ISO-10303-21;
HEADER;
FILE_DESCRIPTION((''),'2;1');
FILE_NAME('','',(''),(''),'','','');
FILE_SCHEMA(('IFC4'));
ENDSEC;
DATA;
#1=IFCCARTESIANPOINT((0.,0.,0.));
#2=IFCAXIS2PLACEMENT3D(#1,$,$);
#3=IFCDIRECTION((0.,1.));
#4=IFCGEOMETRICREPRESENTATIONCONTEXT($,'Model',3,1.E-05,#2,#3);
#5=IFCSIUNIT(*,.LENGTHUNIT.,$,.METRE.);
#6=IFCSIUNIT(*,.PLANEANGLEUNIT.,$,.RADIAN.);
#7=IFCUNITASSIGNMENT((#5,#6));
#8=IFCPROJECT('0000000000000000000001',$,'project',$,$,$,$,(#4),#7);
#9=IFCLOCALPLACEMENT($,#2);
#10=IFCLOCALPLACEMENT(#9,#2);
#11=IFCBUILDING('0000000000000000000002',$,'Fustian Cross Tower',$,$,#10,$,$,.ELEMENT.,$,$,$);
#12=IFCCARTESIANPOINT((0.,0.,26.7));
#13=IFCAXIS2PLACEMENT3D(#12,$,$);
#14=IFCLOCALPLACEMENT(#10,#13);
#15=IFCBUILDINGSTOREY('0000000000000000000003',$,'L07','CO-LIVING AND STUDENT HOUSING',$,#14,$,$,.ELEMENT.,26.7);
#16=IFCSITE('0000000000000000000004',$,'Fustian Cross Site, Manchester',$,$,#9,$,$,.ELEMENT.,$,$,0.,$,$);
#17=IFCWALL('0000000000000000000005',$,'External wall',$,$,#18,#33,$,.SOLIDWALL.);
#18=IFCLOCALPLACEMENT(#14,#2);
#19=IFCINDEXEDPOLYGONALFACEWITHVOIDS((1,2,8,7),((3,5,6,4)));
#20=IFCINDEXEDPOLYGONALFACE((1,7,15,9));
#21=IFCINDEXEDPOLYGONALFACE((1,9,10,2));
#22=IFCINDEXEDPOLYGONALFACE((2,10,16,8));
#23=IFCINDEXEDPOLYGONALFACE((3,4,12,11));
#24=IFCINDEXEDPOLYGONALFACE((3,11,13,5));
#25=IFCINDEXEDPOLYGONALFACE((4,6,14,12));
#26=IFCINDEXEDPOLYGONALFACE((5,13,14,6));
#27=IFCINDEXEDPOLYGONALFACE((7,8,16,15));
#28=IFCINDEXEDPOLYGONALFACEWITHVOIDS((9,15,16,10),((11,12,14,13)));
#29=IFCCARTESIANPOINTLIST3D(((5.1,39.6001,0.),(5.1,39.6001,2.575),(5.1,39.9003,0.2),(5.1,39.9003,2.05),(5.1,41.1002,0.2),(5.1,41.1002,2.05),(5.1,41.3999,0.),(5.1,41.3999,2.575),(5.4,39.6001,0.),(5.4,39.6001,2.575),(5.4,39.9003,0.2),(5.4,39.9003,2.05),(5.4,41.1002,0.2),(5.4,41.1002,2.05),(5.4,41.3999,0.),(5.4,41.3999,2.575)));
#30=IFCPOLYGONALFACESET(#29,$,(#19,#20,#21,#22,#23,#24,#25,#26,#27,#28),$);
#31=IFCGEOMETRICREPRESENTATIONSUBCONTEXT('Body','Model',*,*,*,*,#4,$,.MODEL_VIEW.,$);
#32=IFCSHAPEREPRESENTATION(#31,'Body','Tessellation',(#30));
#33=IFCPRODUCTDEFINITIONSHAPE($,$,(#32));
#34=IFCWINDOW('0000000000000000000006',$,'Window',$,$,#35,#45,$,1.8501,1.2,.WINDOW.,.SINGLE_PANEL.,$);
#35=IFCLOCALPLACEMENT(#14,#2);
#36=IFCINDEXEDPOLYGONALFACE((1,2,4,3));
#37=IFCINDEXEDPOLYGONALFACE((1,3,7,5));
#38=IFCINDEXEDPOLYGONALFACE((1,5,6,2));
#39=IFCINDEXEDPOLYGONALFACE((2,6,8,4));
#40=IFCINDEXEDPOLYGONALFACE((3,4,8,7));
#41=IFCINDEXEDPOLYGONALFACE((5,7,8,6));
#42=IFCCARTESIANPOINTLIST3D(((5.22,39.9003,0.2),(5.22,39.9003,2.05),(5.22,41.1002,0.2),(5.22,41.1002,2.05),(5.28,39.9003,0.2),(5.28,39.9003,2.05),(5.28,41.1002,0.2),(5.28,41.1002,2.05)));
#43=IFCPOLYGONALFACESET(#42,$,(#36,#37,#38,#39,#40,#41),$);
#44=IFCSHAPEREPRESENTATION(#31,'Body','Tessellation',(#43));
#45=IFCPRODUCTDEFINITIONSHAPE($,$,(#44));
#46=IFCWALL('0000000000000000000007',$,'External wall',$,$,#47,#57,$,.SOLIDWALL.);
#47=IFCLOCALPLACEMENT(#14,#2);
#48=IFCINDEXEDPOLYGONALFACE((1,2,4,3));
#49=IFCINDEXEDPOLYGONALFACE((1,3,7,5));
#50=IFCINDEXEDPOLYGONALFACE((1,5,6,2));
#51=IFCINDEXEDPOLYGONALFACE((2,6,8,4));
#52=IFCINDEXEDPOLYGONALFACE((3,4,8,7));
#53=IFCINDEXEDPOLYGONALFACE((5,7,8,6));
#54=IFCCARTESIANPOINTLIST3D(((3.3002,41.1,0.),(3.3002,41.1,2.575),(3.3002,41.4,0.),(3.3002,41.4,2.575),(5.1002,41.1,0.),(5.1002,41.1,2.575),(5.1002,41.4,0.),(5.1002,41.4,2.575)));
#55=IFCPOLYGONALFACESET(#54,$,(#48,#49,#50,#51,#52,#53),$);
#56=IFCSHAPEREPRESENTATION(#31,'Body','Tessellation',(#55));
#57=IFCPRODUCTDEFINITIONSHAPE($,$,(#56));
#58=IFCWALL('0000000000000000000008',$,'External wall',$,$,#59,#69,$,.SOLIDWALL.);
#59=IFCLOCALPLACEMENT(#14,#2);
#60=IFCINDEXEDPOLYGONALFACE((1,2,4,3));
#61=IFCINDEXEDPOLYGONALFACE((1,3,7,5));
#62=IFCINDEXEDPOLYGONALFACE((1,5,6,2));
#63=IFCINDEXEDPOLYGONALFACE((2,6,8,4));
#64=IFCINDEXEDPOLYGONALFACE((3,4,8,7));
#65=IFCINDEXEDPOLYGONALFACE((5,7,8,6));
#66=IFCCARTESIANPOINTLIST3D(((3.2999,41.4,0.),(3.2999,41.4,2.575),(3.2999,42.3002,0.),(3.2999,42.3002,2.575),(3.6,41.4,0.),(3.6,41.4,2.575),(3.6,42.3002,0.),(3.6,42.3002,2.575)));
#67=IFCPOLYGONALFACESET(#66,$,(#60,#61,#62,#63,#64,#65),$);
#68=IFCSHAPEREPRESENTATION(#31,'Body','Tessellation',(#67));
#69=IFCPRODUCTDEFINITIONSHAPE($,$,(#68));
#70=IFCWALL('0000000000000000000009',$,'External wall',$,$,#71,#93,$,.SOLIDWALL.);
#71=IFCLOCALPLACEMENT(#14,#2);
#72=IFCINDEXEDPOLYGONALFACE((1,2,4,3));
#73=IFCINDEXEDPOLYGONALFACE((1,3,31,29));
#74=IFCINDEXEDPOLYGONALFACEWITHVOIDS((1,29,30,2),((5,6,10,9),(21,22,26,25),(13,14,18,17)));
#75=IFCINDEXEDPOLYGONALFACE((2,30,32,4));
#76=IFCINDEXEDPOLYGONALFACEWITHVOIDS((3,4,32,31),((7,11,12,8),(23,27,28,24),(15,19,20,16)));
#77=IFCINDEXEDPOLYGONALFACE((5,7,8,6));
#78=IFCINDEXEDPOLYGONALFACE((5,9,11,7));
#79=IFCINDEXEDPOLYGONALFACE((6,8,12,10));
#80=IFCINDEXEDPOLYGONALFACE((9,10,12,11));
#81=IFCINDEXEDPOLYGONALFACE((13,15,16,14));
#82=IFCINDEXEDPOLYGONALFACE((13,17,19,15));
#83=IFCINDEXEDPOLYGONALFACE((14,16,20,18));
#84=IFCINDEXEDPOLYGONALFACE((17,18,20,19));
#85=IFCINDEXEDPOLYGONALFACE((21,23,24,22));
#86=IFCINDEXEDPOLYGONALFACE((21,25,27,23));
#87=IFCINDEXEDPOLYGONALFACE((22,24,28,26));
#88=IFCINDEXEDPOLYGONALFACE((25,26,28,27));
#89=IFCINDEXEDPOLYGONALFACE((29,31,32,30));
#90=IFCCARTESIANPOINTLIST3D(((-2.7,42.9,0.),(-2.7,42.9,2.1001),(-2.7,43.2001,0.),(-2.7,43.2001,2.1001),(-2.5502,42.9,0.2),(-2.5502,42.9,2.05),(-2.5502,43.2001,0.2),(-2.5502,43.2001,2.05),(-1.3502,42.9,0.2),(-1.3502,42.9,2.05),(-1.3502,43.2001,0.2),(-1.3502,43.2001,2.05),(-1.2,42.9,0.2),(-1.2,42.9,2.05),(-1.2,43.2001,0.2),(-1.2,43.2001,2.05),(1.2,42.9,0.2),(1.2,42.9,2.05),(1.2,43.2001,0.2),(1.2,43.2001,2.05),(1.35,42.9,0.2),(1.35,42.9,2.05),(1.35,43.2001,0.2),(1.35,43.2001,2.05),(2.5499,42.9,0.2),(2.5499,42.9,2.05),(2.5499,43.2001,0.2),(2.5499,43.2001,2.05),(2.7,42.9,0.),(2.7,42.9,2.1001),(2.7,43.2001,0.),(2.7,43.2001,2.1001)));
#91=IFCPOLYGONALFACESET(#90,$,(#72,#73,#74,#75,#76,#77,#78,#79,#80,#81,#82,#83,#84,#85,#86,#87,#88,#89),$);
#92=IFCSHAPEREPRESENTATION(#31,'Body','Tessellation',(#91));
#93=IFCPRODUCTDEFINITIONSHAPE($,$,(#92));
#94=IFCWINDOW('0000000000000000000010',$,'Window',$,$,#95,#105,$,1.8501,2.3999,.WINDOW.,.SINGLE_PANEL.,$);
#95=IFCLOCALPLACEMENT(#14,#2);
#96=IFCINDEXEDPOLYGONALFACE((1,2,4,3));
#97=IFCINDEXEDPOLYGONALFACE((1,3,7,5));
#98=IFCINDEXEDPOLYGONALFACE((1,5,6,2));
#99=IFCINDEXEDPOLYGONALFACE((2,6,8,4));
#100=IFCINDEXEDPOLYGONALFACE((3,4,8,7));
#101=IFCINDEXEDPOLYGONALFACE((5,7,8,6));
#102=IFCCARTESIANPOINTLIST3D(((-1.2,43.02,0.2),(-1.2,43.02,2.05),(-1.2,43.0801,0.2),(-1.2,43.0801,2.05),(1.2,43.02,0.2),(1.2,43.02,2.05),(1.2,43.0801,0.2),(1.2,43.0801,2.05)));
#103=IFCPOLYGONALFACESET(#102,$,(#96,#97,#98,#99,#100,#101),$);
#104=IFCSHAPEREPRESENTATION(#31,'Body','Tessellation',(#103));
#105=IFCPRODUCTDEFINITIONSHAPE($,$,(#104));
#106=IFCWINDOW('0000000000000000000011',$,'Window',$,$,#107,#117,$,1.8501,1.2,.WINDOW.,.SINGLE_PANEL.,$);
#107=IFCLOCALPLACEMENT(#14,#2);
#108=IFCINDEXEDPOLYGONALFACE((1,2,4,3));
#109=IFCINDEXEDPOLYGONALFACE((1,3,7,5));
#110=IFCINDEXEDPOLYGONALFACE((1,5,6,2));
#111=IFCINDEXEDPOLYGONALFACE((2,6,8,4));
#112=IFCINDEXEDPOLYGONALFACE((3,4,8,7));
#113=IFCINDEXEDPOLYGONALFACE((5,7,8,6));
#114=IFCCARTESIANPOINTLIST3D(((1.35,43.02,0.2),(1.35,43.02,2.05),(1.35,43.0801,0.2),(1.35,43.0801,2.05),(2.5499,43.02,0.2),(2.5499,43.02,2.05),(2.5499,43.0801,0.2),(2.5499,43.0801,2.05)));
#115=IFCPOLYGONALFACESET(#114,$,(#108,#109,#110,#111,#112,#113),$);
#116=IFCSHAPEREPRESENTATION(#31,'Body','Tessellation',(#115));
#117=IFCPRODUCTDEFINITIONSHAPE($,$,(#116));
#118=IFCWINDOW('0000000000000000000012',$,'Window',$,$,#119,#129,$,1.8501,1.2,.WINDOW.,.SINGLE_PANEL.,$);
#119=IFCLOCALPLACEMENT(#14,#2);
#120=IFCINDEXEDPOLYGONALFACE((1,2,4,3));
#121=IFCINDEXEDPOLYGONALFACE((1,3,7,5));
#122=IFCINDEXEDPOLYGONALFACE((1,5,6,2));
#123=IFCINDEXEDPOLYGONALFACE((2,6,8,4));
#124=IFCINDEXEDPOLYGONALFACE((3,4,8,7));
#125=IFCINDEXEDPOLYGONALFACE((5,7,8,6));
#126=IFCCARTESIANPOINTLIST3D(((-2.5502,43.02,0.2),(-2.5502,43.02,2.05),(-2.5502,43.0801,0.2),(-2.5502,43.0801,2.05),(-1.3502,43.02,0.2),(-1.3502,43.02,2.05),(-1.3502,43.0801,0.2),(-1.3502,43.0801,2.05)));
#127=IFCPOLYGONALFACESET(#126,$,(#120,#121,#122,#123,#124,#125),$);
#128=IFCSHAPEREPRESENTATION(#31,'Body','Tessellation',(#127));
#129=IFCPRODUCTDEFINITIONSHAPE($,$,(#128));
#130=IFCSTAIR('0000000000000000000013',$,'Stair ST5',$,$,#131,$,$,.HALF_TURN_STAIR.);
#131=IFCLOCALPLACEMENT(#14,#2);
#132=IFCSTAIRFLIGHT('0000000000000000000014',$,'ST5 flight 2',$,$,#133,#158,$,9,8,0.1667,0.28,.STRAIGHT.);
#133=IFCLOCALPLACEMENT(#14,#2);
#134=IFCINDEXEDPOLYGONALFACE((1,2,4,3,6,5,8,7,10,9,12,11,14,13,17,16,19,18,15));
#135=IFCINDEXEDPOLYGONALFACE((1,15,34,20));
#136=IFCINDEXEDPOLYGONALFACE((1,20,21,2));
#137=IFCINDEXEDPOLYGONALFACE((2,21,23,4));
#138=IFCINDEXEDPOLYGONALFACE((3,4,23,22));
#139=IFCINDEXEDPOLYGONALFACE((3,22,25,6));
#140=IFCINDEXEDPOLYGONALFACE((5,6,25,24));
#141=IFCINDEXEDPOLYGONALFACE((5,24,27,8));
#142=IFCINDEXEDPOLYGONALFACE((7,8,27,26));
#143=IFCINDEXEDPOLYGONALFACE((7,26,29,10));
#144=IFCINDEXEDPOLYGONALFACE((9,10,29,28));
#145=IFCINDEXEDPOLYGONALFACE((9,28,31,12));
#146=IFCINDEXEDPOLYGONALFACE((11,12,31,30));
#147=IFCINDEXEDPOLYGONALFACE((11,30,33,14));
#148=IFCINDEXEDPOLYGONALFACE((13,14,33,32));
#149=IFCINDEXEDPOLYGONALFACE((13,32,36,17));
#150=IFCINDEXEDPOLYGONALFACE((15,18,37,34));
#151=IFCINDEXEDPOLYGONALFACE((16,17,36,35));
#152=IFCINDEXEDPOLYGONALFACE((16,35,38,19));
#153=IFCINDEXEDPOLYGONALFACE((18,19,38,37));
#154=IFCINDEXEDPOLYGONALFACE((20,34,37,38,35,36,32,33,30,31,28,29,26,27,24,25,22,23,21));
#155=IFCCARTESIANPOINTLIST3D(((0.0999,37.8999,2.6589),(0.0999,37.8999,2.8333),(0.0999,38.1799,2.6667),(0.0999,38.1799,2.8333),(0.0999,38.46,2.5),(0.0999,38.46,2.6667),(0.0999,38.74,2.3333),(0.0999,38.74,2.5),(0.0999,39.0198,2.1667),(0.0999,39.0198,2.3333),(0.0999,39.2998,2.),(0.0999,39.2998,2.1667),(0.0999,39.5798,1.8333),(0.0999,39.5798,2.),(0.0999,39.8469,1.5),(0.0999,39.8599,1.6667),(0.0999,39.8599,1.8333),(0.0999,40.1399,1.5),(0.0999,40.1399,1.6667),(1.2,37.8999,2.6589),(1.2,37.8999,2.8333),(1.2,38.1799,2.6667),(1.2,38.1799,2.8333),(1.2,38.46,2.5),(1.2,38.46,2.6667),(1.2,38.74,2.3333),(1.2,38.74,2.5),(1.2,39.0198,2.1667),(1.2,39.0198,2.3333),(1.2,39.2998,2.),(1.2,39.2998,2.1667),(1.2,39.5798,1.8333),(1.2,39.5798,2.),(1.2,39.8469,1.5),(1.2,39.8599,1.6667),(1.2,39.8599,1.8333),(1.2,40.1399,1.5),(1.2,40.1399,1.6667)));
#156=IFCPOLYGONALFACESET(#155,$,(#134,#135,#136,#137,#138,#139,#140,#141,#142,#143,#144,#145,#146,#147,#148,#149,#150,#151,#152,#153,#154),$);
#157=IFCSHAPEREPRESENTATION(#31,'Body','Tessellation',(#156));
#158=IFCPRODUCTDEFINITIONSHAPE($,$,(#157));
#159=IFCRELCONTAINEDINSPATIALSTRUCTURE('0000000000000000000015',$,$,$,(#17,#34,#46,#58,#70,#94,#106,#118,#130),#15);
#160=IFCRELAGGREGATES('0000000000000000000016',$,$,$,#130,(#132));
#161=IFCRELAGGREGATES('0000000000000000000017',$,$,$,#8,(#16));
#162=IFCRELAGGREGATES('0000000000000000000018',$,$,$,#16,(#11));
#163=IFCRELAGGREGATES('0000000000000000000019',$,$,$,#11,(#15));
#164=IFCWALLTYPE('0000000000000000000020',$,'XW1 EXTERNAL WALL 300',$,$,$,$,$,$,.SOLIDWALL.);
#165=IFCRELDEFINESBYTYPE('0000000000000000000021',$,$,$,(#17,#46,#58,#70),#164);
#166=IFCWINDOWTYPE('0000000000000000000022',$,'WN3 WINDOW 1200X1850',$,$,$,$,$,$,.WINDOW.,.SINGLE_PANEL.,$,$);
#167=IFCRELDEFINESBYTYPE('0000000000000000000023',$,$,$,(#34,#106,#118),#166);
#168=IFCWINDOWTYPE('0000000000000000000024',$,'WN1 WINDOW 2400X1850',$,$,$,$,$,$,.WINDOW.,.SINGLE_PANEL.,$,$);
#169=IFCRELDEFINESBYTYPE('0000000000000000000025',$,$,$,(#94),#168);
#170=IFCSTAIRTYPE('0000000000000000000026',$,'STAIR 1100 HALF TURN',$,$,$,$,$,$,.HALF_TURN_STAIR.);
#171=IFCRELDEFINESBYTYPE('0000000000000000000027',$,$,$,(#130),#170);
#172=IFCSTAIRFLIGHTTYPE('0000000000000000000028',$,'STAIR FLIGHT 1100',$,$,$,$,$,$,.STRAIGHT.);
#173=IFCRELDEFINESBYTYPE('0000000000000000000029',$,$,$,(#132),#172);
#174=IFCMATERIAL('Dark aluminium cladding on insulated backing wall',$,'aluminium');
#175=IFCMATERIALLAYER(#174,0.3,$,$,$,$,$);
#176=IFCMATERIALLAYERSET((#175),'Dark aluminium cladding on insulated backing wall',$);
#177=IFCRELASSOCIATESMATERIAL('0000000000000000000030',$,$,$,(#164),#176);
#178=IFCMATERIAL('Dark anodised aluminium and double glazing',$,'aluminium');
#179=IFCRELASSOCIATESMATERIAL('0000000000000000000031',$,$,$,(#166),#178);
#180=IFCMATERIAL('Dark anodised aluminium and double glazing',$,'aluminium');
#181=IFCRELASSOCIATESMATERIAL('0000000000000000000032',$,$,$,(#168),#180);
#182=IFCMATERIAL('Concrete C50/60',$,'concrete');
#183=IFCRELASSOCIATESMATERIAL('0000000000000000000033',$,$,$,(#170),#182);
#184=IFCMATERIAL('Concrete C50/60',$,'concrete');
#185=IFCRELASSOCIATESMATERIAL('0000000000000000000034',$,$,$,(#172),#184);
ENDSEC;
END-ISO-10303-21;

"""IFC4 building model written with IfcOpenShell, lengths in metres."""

from ifc_helpers import new_model, si_unit, direction, frame, frame_2d, origin, place, context, subcontext, project, spatial, polyline, rectangle, outline, extrude, material, layer, layer_set, type_object, element, fill, aggregate, save


model = new_model("IFC4")

# Units and contexts
model_context = context("Model", 3, precision=1e-05, world=origin(), true_north=direction((0.0, 1.0)))
body_context = subcontext(model_context, "Body", "Model", "MODEL_VIEW")
ifc_project = project(units=[si_unit("LENGTHUNIT", "METRE"), si_unit("PLANEANGLEUNIT", "RADIAN")], contexts=[model_context])

# Site, building, storey
site_placement = place(None, origin())
site = spatial("IfcSite", under=ifc_project, at=site_placement, Name="Fustian Cross Site, Manchester", CompositionType="ELEMENT", RefElevation=0.0)
building_placement = place(site_placement, origin())
building = spatial("IfcBuilding", under=site, at=building_placement, Name="Fustian Cross Tower", CompositionType="ELEMENT")
storey_placement = place(building_placement, frame((0.0, 0.0, 26.7)))
storey = spatial("IfcBuildingStorey", under=building, at=storey_placement, Name="L07", Description="CO-LIVING AND STUDENT HOUSING", CompositionType="ELEMENT", Elevation=26.7)

# Wall, opening, window
ifc_material_1 = material(Name="Dark aluminium cladding on insulated backing wall", Category="aluminium")
ifc_layer_1 = layer(ifc_material_1, 0.3)
ifc_layer_set_1 = layer_set([ifc_layer_1], Name="Dark aluminium cladding on insulated backing wall")
wall_type_1 = type_object("IfcWallType", Name="XW1 EXTERNAL WALL 300", PredefinedType="SOLIDWALL", material=ifc_layer_set_1)
wall_1_placement = place(storey_placement, frame((5.25, 39.6001, 0.0), z_axis=(0.0, 0.0, 1.0), x_axis=(0.0, 1.0, 0.0)))
wall_1 = element("IfcWall", 1, at=wall_1_placement, inside=storey, type_object=wall_type_1, Name="External wall", PredefinedType="SOLIDWALL", context=body_context, shape_type="SweptSolid", body=[
    extrude(rectangle(XDim=1.7998, YDim=0.3, at=frame_2d((0.8999, 0.0))), origin(), (0.0, 0.0, 1.0), 2.575),
])
opening_1_placement = place(wall_1_placement, frame((0.3, 0.0, 0.2)))
opening_1 = element("IfcOpeningElement", 2, at=opening_1_placement, cuts=wall_1, PredefinedType="OPENING", context=body_context, shape_type="SweptSolid", body=[
    extrude(rectangle(XDim=1.2, YDim=1.8501, at=frame_2d((0.6001, 0.925))), frame((0.0, 0.1599, 0.0), z_axis=(0.0, -1.0, 0.0), x_axis=(1.0, 0.0, 0.0)), (0.0, 0.0, 1.0), 0.3201),
])
ifc_material_2 = material(Name="Dark anodised aluminium and double glazing", Category="aluminium")
window_type_1 = type_object("IfcWindowType", Name="WN3 WINDOW 1200X1850", PartitioningType="SINGLE_PANEL", PredefinedType="WINDOW", material=ifc_material_2)
window_1_placement = place(opening_1_placement, origin())
window_1 = element("IfcWindow", 3, at=window_1_placement, inside=storey, type_object=window_type_1, Name="Window", OverallHeight=1.8501, OverallWidth=1.2, PartitioningType="SINGLE_PANEL", PredefinedType="WINDOW", context=body_context, shape_type="SweptSolid", body=[
    extrude(rectangle(XDim=1.2, YDim=1.8501, at=frame_2d((0.6001, 0.925))), frame((0.0, 0.03, 0.0), z_axis=(0.0, -1.0, 0.0), x_axis=(1.0, 0.0, 0.0)), (0.0, 0.0, 1.0), 0.0601),
])
fill(opening_1, window_1)

# Walls
wall_2_placement = place(storey_placement, frame((5.1001, 41.25, 0.0), z_axis=(0.0, 0.0, 1.0), x_axis=(-1.0, 0.0, 0.0)))
element("IfcWall", 4, at=wall_2_placement, inside=storey, type_object=wall_type_1, Name="External wall", PredefinedType="SOLIDWALL", context=body_context, shape_type="SweptSolid", body=[
    extrude(rectangle(XDim=1.8, YDim=0.3, at=frame_2d((0.8999, 0.0))), origin(), (0.0, 0.0, 1.0), 2.575),
])
wall_3_placement = place(storey_placement, frame((3.45, 41.3999, 0.0), z_axis=(0.0, 0.0, 1.0), x_axis=(0.0, 1.0, 0.0)))
element("IfcWall", 5, at=wall_3_placement, inside=storey, type_object=wall_type_1, Name="External wall", PredefinedType="SOLIDWALL", context=body_context, shape_type="SweptSolid", body=[
    extrude(rectangle(XDim=0.9001, YDim=0.3, at=frame_2d((0.4502, 0.0))), origin(), (0.0, 0.0, 1.0), 2.575),
])

# Wall, openings, windows
wall_4_placement = place(storey_placement, frame((2.7, 43.05, 0.0), z_axis=(0.0, 0.0, 1.0), x_axis=(-1.0, 0.0, 0.0)))
wall_4 = element("IfcWall", 6, at=wall_4_placement, inside=storey, type_object=wall_type_1, Name="External wall", PredefinedType="SOLIDWALL", context=body_context, shape_type="SweptSolid", body=[
    extrude(rectangle(XDim=5.3999, YDim=0.3, at=frame_2d((2.7, 0.0))), origin(), (0.0, 0.0, 1.0), 2.1001),
])
opening_2_placement = place(wall_4_placement, frame((1.5, 0.0, 0.2)))
opening_2 = element("IfcOpeningElement", 7, at=opening_2_placement, cuts=wall_4, PredefinedType="OPENING", context=body_context, shape_type="SweptSolid", body=[
    extrude(rectangle(XDim=2.3999, YDim=1.8501, at=frame_2d((1.2, 0.925))), frame((0.0, 0.1599, 0.0), z_axis=(0.0, -1.0, 0.0), x_axis=(1.0, 0.0, 0.0)), (0.0, 0.0, 1.0), 0.3201),
])
opening_3_placement = place(wall_4_placement, frame((0.1499, 0.0, 0.2)))
opening_3 = element("IfcOpeningElement", 8, at=opening_3_placement, cuts=wall_4, PredefinedType="OPENING", context=body_context, shape_type="SweptSolid", body=[
    extrude(rectangle(XDim=1.2, YDim=1.8501, at=frame_2d((0.6001, 0.925))), frame((0.0, 0.1599, 0.0), z_axis=(0.0, -1.0, 0.0), x_axis=(1.0, 0.0, 0.0)), (0.0, 0.0, 1.0), 0.3201),
])
opening_4_placement = place(wall_4_placement, frame((4.05, 0.0, 0.2)))
opening_4 = element("IfcOpeningElement", 9, at=opening_4_placement, cuts=wall_4, PredefinedType="OPENING", context=body_context, shape_type="SweptSolid", body=[
    extrude(rectangle(XDim=1.2, YDim=1.8501, at=frame_2d((0.6001, 0.925))), frame((0.0, 0.1599, 0.0), z_axis=(0.0, -1.0, 0.0), x_axis=(1.0, 0.0, 0.0)), (0.0, 0.0, 1.0), 0.3201),
])
ifc_material_3 = material(Name="Dark anodised aluminium and double glazing", Category="aluminium")
window_type_2 = type_object("IfcWindowType", Name="WN1 WINDOW 2400X1850", PartitioningType="SINGLE_PANEL", PredefinedType="WINDOW", material=ifc_material_3)
window_2_placement = place(opening_2_placement, origin())
window_2 = element("IfcWindow", 10, at=window_2_placement, inside=storey, type_object=window_type_2, Name="Window", OverallHeight=1.8501, OverallWidth=2.3999, PartitioningType="SINGLE_PANEL", PredefinedType="WINDOW", context=body_context, shape_type="SweptSolid", body=[
    extrude(rectangle(XDim=2.3999, YDim=1.8501, at=frame_2d((1.2, 0.925))), frame((0.0, 0.03, 0.0), z_axis=(0.0, -1.0, 0.0), x_axis=(1.0, 0.0, 0.0)), (0.0, 0.0, 1.0), 0.0601),
])
fill(opening_2, window_2)
window_3_placement = place(opening_3_placement, origin())
window_3 = element("IfcWindow", 11, at=window_3_placement, inside=storey, type_object=window_type_1, Name="Window", OverallHeight=1.8501, OverallWidth=1.2, PartitioningType="SINGLE_PANEL", PredefinedType="WINDOW", context=body_context, shape_type="SweptSolid", body=[
    extrude(rectangle(XDim=1.2, YDim=1.8501, at=frame_2d((0.6001, 0.925))), frame((0.0, 0.03, 0.0), z_axis=(0.0, -1.0, 0.0), x_axis=(1.0, 0.0, 0.0)), (0.0, 0.0, 1.0), 0.0601),
])
fill(opening_3, window_3)
window_4_placement = place(opening_4_placement, origin())
window_4 = element("IfcWindow", 12, at=window_4_placement, inside=storey, type_object=window_type_1, Name="Window", OverallHeight=1.8501, OverallWidth=1.2, PartitioningType="SINGLE_PANEL", PredefinedType="WINDOW", context=body_context, shape_type="SweptSolid", body=[
    extrude(rectangle(XDim=1.2, YDim=1.8501, at=frame_2d((0.6001, 0.925))), frame((0.0, 0.03, 0.0), z_axis=(0.0, -1.0, 0.0), x_axis=(1.0, 0.0, 0.0)), (0.0, 0.0, 1.0), 0.0601),
])
fill(opening_4, window_4)

# Stair, stair flight
ifc_material_4 = material(Name="Concrete C50/60", Category="concrete")
stair_type = type_object("IfcStairType", Name="STAIR 1100 HALF TURN", PredefinedType="HALF_TURN_STAIR", material=ifc_material_4)
stair_placement = place(storey_placement, origin())
stair = element("IfcStair", 13, at=stair_placement, inside=storey, type_object=stair_type, Name="Stair ST5", PredefinedType="HALF_TURN_STAIR")
ifc_material_5 = material(Name="Concrete C50/60", Category="concrete")
stair_flight_type = type_object("IfcStairFlightType", Name="STAIR FLIGHT 1100", PredefinedType="STRAIGHT", material=ifc_material_5)
stair_flight_placement = place(storey_placement, frame((0.6499, 40.1399, 1.5), z_axis=(0.0, 0.0, 1.0), x_axis=(0.0, -1.0, 0.0)))
stair_flight = element("IfcStairFlight", 14, at=stair_flight_placement, type_object=stair_flight_type, Name="ST5 flight 2", NumberOfRisers=9, NumberOfTreads=8, PredefinedType="STRAIGHT", RiserHeight=0.1667, TreadLength=0.28, context=body_context, shape_type="SweptSolid", body=[
    extrude(outline(polyline([(0.0, 0.0), (0.0, 0.1667), (0.28, 0.1667), (0.28, 0.3333), (0.5601, 0.3333), (0.5601, 0.5), (0.8401, 0.5), (0.8401, 0.6667), (1.1201, 0.6667), (1.1201, 0.8333), (1.3999, 0.8333), (1.3999, 1.0), (1.6799, 1.0), (1.6799, 1.1667), (1.96, 1.1667), (1.96, 1.3333), (2.24, 1.3333), (2.24, 1.5), (2.24, 1.1589), (0.293, 0.0), (0.0, 0.0)])), frame((0.0, 0.55, 0.0), z_axis=(0.0, -1.0, 0.0), x_axis=(1.0, 0.0, 0.0)), (0.0, 0.0, 1.0), 1.1001),
])
aggregate(stair, [stair_flight])

save(model, "model.ifc")
